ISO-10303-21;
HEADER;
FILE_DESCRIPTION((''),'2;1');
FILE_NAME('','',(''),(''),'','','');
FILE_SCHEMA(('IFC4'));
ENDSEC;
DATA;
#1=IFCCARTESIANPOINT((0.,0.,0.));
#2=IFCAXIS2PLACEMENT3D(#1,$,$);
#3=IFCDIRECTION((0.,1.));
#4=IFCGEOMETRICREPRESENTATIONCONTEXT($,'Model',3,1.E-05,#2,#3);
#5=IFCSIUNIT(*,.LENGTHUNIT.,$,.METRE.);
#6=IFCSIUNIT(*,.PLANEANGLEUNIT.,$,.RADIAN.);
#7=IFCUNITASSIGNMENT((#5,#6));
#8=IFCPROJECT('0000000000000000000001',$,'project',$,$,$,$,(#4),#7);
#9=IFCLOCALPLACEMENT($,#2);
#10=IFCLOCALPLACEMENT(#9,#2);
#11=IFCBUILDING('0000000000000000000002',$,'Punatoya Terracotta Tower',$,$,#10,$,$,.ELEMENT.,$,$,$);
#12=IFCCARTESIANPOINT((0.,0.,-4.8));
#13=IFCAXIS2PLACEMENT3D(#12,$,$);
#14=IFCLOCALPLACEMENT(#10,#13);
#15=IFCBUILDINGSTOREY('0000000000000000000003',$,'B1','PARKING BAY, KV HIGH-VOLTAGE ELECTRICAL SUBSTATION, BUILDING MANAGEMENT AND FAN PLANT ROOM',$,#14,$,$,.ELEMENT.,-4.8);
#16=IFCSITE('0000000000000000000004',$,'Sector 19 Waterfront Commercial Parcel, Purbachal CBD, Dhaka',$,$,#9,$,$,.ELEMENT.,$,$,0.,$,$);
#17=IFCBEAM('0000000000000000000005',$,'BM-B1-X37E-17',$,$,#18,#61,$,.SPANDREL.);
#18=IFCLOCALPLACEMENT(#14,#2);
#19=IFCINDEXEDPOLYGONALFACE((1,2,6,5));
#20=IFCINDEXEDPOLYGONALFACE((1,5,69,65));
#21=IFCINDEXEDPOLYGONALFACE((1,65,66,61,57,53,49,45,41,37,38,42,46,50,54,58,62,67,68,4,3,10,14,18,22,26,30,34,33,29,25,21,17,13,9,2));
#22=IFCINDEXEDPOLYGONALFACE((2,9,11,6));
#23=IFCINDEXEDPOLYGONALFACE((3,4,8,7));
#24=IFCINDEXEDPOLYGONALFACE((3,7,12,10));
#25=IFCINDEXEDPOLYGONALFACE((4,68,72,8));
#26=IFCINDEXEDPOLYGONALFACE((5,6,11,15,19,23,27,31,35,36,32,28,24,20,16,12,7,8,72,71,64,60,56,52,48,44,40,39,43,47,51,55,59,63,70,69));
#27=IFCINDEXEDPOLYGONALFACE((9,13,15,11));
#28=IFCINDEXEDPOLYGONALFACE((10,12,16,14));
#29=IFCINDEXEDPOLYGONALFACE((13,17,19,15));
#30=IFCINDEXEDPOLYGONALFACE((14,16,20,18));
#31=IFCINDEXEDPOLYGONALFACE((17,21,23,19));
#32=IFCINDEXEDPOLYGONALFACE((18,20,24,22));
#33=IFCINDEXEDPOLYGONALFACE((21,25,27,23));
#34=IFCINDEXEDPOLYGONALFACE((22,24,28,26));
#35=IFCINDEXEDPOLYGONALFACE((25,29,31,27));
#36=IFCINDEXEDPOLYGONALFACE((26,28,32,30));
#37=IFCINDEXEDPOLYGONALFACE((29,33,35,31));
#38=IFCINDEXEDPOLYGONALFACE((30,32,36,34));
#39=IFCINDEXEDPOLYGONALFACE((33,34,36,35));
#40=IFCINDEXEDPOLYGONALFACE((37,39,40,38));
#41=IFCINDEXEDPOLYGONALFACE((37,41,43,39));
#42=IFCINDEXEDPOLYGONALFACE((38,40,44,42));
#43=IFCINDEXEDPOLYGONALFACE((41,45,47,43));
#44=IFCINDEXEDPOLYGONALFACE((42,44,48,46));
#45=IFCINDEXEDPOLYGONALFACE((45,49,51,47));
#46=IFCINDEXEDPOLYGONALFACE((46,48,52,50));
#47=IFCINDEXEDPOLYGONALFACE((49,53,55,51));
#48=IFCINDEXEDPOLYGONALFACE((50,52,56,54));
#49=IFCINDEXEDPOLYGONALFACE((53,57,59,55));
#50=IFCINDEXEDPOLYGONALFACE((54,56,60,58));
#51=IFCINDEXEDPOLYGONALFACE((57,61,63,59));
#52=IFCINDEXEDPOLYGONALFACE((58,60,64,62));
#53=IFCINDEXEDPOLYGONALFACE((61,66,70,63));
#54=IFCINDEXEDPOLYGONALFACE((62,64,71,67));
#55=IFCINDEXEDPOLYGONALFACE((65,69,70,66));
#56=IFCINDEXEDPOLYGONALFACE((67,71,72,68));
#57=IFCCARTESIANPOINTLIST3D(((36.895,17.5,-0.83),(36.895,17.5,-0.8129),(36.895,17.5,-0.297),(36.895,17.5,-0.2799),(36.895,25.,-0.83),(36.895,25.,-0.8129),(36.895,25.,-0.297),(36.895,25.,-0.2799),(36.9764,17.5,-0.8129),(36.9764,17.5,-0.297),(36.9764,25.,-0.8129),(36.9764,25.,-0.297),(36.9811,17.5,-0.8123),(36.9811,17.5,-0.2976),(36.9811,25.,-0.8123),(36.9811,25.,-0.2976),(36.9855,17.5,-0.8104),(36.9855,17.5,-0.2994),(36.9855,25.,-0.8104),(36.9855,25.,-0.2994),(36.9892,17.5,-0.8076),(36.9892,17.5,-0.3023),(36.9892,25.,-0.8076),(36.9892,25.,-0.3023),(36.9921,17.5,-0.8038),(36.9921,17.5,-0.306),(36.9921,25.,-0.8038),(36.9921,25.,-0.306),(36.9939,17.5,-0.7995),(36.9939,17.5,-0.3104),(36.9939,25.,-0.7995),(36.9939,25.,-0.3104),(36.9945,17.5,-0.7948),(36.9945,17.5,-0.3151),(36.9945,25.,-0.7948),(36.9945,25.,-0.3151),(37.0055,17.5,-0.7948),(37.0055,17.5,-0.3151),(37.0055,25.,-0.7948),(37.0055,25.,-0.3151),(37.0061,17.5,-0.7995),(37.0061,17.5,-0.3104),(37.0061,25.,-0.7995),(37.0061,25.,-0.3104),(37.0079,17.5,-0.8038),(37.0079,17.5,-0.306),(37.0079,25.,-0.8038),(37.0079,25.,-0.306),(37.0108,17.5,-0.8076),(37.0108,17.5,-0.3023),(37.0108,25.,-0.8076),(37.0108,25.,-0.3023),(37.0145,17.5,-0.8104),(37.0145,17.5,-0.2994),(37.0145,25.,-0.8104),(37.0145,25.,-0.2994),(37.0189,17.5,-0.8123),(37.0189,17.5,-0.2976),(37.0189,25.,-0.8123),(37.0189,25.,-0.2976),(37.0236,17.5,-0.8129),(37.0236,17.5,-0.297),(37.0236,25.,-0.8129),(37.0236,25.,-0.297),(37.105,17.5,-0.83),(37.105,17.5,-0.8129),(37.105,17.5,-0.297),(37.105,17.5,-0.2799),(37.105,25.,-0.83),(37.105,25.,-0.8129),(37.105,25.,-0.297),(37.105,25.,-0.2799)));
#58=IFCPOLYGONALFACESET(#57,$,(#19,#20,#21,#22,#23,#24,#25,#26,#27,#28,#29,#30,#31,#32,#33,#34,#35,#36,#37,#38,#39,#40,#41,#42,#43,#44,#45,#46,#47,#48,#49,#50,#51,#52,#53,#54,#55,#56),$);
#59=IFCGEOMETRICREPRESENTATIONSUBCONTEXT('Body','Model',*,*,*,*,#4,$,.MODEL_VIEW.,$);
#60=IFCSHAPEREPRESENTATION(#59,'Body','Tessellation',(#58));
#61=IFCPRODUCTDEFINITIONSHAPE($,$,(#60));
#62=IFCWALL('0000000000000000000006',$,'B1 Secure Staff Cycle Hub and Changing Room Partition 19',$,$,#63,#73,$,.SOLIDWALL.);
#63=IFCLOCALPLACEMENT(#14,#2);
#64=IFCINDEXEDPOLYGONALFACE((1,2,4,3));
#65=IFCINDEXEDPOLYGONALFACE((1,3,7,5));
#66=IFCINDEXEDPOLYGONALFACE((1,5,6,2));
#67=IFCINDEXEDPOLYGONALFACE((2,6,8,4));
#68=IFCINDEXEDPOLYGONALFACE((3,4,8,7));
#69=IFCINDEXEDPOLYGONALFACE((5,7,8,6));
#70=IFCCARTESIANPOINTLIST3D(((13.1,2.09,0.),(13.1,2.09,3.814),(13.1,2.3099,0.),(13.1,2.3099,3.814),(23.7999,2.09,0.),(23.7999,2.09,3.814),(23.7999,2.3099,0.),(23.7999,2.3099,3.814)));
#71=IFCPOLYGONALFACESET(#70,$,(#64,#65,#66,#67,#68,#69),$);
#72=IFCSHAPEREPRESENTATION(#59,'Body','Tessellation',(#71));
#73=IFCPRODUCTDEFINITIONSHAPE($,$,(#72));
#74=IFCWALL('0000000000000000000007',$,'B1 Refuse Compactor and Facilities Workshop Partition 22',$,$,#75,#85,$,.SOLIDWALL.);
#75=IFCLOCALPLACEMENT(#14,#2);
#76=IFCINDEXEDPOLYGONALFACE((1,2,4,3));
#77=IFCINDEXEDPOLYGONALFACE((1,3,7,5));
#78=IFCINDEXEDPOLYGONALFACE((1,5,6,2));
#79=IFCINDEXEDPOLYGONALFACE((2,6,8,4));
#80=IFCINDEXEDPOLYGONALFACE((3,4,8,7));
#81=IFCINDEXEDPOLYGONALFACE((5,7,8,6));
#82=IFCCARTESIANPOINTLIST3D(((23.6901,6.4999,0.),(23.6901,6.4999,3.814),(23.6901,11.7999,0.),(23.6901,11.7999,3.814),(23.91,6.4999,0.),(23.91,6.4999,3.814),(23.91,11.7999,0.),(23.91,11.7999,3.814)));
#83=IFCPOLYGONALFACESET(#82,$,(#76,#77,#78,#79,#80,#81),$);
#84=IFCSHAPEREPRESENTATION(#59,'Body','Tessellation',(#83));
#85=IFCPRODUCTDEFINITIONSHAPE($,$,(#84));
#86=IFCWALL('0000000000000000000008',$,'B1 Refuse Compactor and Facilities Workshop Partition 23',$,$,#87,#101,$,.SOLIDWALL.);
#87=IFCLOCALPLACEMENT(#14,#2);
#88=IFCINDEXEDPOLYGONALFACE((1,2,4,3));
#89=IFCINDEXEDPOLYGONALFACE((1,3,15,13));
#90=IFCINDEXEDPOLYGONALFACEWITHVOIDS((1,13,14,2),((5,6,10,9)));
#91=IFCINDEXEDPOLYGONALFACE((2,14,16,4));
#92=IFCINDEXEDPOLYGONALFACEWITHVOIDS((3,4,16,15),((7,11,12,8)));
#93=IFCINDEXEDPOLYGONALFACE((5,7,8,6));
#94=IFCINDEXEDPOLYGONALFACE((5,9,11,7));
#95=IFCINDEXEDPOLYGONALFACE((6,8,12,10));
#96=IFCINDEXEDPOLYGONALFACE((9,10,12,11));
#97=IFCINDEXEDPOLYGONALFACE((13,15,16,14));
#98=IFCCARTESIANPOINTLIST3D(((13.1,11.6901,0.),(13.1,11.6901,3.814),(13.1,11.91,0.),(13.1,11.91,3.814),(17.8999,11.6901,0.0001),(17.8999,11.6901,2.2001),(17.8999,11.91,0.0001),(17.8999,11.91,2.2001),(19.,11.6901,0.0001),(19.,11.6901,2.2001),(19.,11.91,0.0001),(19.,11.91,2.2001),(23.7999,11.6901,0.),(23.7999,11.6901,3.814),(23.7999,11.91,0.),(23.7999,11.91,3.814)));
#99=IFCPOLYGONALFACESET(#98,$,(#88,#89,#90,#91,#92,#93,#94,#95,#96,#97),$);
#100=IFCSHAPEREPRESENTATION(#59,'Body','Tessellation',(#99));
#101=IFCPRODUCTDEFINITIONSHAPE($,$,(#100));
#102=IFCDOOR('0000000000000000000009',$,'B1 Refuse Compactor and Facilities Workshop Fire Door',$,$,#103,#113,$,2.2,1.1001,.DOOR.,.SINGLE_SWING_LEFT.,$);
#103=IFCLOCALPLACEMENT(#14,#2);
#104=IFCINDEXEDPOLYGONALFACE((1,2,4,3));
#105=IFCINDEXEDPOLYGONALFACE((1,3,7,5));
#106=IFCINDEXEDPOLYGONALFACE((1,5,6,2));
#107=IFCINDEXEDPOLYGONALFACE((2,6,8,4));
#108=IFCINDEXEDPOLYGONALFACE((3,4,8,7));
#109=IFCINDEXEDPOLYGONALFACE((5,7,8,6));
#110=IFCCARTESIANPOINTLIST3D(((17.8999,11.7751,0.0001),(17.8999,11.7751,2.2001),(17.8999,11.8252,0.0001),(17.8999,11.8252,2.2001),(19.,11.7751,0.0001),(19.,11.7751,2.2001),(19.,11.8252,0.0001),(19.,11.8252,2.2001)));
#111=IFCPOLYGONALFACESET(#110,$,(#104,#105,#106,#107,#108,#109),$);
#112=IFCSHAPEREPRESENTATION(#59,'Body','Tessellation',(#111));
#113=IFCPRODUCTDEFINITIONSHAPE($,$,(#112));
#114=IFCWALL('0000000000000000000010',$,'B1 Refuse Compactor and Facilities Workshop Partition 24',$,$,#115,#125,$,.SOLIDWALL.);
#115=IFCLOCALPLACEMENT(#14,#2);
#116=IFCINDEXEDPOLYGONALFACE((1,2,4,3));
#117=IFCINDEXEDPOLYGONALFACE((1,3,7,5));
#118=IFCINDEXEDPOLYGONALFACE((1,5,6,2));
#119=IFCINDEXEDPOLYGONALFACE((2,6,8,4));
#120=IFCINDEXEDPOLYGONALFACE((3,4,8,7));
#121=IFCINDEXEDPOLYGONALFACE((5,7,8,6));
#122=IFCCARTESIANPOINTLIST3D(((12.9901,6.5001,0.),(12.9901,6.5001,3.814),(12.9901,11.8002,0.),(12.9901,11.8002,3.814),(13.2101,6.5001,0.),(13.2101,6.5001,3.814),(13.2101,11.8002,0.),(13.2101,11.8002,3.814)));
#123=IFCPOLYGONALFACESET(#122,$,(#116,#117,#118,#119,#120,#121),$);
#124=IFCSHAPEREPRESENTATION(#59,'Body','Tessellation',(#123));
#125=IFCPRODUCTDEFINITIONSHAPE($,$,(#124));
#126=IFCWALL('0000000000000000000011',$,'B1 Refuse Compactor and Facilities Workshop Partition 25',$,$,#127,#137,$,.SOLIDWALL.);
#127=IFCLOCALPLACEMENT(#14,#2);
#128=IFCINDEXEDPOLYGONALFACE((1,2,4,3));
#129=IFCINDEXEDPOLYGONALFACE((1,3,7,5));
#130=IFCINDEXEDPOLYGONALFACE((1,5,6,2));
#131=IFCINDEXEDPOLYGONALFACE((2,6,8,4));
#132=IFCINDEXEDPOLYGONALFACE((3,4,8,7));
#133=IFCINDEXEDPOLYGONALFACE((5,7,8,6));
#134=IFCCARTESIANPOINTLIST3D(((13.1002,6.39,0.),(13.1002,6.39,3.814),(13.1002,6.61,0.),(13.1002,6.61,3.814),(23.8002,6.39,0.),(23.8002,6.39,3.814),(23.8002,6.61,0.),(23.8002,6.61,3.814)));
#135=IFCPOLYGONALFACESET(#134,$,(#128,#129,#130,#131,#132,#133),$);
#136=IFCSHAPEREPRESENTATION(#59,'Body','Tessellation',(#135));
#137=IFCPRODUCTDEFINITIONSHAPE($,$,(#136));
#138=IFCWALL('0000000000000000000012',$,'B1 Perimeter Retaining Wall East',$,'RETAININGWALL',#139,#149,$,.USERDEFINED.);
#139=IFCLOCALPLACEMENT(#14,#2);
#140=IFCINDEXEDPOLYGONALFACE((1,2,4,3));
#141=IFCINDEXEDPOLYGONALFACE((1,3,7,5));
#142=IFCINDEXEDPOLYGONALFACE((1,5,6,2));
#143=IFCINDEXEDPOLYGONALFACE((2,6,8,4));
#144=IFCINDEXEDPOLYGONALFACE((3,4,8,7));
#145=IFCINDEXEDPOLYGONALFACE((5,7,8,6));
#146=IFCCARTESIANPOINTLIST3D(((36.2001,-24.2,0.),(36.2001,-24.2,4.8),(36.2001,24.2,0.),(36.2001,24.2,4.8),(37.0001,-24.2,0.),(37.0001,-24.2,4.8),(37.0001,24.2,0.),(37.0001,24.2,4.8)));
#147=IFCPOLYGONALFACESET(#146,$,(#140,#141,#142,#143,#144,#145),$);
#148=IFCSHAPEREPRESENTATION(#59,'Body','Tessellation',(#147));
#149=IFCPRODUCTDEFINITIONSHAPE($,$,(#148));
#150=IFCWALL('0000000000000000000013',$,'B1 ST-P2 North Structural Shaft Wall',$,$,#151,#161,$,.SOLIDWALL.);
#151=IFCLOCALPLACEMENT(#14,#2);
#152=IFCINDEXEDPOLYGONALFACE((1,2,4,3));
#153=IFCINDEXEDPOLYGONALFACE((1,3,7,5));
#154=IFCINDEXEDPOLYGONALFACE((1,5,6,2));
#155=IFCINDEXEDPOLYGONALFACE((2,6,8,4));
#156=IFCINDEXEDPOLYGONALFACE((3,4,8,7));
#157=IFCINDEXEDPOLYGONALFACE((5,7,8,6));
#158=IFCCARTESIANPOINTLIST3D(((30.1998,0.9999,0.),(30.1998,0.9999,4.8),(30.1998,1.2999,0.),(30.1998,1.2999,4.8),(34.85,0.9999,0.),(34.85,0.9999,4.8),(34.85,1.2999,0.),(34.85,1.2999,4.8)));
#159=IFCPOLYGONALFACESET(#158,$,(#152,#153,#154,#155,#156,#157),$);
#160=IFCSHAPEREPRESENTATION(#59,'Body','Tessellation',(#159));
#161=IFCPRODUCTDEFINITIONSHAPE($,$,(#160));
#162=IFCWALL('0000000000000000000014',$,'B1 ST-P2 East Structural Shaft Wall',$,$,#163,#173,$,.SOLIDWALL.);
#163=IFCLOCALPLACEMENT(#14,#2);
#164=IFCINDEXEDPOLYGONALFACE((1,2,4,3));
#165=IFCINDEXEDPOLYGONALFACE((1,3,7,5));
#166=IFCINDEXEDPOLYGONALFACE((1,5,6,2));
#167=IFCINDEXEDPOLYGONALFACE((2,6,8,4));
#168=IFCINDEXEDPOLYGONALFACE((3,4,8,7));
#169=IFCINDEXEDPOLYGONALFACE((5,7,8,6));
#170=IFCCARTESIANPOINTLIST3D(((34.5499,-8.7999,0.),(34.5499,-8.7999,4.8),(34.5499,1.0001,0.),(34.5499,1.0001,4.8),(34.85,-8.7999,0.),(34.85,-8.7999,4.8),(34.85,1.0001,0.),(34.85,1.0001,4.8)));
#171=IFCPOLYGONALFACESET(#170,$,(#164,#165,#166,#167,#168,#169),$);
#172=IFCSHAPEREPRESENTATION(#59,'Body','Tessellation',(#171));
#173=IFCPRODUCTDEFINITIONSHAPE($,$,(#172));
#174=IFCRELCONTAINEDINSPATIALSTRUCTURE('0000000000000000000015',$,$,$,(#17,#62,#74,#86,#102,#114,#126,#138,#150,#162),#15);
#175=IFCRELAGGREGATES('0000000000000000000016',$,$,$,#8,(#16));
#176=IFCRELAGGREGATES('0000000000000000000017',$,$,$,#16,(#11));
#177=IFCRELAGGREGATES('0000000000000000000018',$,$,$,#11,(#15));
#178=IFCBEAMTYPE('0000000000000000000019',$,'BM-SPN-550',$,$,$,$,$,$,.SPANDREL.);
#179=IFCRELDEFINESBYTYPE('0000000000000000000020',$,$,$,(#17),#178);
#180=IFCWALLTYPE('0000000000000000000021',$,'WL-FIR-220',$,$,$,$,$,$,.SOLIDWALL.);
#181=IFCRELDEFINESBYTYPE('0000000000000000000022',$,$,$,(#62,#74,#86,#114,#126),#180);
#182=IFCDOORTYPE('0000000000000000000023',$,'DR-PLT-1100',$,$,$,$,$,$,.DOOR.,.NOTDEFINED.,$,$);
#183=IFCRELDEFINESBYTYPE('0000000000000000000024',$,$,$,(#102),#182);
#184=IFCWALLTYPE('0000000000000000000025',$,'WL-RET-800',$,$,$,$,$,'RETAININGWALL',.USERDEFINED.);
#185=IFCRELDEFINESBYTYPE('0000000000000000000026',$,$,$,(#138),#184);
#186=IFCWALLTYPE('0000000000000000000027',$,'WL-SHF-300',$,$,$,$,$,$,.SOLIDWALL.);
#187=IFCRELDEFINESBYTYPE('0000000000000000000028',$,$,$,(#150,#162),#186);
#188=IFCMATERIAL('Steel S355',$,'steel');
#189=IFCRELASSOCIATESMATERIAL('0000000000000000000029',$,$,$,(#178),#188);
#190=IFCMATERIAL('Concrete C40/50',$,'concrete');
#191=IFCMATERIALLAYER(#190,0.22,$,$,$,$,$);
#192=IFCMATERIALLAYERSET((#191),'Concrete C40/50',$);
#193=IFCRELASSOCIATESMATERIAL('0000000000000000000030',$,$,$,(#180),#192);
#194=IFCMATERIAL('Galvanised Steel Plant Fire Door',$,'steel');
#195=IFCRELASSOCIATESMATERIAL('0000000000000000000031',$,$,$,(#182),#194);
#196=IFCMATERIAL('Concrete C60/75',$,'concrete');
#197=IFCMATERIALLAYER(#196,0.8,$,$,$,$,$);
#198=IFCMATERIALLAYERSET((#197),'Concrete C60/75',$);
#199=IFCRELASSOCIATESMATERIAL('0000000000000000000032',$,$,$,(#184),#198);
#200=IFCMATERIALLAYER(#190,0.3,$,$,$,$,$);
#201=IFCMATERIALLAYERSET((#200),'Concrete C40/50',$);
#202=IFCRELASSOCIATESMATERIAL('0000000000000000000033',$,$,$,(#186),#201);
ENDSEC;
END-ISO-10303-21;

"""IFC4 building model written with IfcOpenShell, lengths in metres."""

from ifc_helpers import new_model, si_unit, direction, frame, frame_2d, origin, origin_2d, place, context, subcontext, project, spatial, rectangle, i_section, extrude, material, layer, layer_set, material_profile, profile_set, type_object, element, fill, save


model = new_model("IFC4")

# Units and contexts
model_context = context("Model", 3, precision=1e-05, world=origin(), true_north=direction((0.0, 1.0)))
body_context = subcontext(model_context, "Body", "Model", "MODEL_VIEW")
ifc_project = project(units=[si_unit("LENGTHUNIT", "METRE"), si_unit("PLANEANGLEUNIT", "RADIAN")], contexts=[model_context])

# Site, building, storey
site_placement = place(None, origin())
site = spatial("IfcSite", under=ifc_project, at=site_placement, Name="Sector 19 Waterfront Commercial Parcel, Purbachal CBD, Dhaka", CompositionType="ELEMENT", RefElevation=0.0)
building_placement = place(site_placement, origin())
building = spatial("IfcBuilding", under=site, at=building_placement, Name="Punatoya Terracotta Tower", CompositionType="ELEMENT")
storey_placement = place(building_placement, frame((0.0, 0.0, -4.8)))
storey = spatial("IfcBuildingStorey", under=building, at=storey_placement, Name="B1", Description="PARKING BAY, KV HIGH-VOLTAGE ELECTRICAL SUBSTATION, BUILDING MANAGEMENT AND FAN PLANT ROOM", CompositionType="ELEMENT", Elevation=-4.8)

# Shared definitions
ifc_material_1 = material(Name="Concrete C60/75", Category="concrete")

# Beam
ifc_material_2 = material(Name="Steel S355", Category="steel")
ifc_material_profile_1 = material_profile(ifc_material_2, i_section(OverallWidth=0.21, OverallDepth=0.55, WebThickness=0.011, FlangeThickness=0.0171, FilletRadius=0.0181, at=origin_2d()))
ifc_profile_set_1 = profile_set([ifc_material_profile_1], Name="Steel S355")
beam_type_1 = type_object("IfcBeamType", Name="BM-SPN-550", PredefinedType="SPANDREL", material=ifc_profile_set_1)
beam_1_placement = place(storey_placement, frame((37.0, 17.5, -0.5549), z_axis=(0.0, 1.0, 0.0), x_axis=(-1.0, 0.0, 0.0)))
element("IfcBeam", 1, at=beam_1_placement, inside=storey, type_object=beam_type_1, Name="BM-B1-X37E-17", PredefinedType="SPANDREL", context=body_context, shape_type="SweptSolid", body=[
    extrude(i_section(OverallWidth=0.21, OverallDepth=0.55, WebThickness=0.011, FlangeThickness=0.0171, FilletRadius=0.0181, at=origin_2d()), origin(), (0.0, 0.0, 1.0), 7.5),
])

# Walls
ifc_material_3 = material(Name="Concrete C40/50", Category="concrete")
ifc_layer_1 = layer(ifc_material_3, 0.22)
ifc_layer_set_1 = layer_set([ifc_layer_1], Name="Concrete C40/50")
wall_type_1 = type_object("IfcWallType", Name="WL-FIR-220", PredefinedType="SOLIDWALL", material=ifc_layer_set_1)
wall_1_placement = place(storey_placement, frame((23.8, 2.2, 0.0), z_axis=(0.0, 0.0, 1.0), x_axis=(-1.0, 0.0, 0.0)))
element("IfcWall", 2, at=wall_1_placement, inside=storey, type_object=wall_type_1, Name="B1 Secure Staff Cycle Hub and Changing Room Partition 19", PredefinedType="SOLIDWALL", context=body_context, shape_type="SweptSolid", body=[
    extrude(rectangle(XDim=10.7, YDim=0.22, at=frame_2d((5.3501, 0.0))), origin(), (0.0, 0.0, 1.0), 3.814),
])
wall_2_placement = place(storey_placement, frame((23.8, 6.5, 0.0), z_axis=(0.0, 0.0, 1.0), x_axis=(0.0, 1.0, 0.0)))
element("IfcWall", 3, at=wall_2_placement, inside=storey, type_object=wall_type_1, Name="B1 Refuse Compactor and Facilities Workshop Partition 22", PredefinedType="SOLIDWALL", context=body_context, shape_type="SweptSolid", body=[
    extrude(rectangle(XDim=5.3, YDim=0.22, at=frame_2d((2.6499, 0.0))), origin(), (0.0, 0.0, 1.0), 3.814),
])

# Wall, opening, door
wall_3_placement = place(storey_placement, frame((23.8, 11.8, 0.0), z_axis=(0.0, 0.0, 1.0), x_axis=(-1.0, 0.0, 0.0)))
wall_3 = element("IfcWall", 4, at=wall_3_placement, inside=storey, type_object=wall_type_1, Name="B1 Refuse Compactor and Facilities Workshop Partition 23", PredefinedType="SOLIDWALL", context=body_context, shape_type="SweptSolid", body=[
    extrude(rectangle(XDim=10.7, YDim=0.22, at=frame_2d((5.3501, 0.0))), origin(), (0.0, 0.0, 1.0), 3.814),
])
opening_placement = place(wall_3_placement, frame((4.8, 0.0, 0.0)))
opening = element("IfcOpeningElement", 5, at=opening_placement, cuts=wall_3, PredefinedType="OPENING", context=body_context, shape_type="SweptSolid", body=[
    extrude(rectangle(XDim=1.1001, YDim=2.2, at=frame_2d((0.55, 1.1001))), frame((0.0, 0.1199, 0.0), z_axis=(0.0, -1.0, 0.0), x_axis=(1.0, 0.0, 0.0)), (0.0, 0.0, 1.0), 0.24),
])
ifc_material_4 = material(Name="Galvanised Steel Plant Fire Door", Category="steel")
door_type = type_object("IfcDoorType", Name="DR-PLT-1100", OperationType="NOTDEFINED", PredefinedType="DOOR", material=ifc_material_4)
door_placement = place(opening_placement, origin())
door = element("IfcDoor", 6, at=door_placement, inside=storey, type_object=door_type, Name="B1 Refuse Compactor and Facilities Workshop Fire Door", OperationType="SINGLE_SWING_LEFT", OverallHeight=2.2, OverallWidth=1.1001, PredefinedType="DOOR", context=body_context, shape_type="SweptSolid", body=[
    extrude(rectangle(XDim=1.1001, YDim=2.2, at=frame_2d((0.55, 1.1001))), frame((0.0, 0.0249, 0.0), z_axis=(0.0, -1.0, 0.0), x_axis=(1.0, 0.0, 0.0)), (0.0, 0.0, 1.0), 0.05),
])
fill(opening, door)

# Walls
wall_4_placement = place(storey_placement, frame((13.1001, 11.8, 0.0), z_axis=(0.0, 0.0, 1.0), x_axis=(0.0, -1.0, 0.0)))
element("IfcWall", 7, at=wall_4_placement, inside=storey, type_object=wall_type_1, Name="B1 Refuse Compactor and Facilities Workshop Partition 24", PredefinedType="SOLIDWALL", context=body_context, shape_type="SweptSolid", body=[
    extrude(rectangle(XDim=5.3, YDim=0.22, at=frame_2d((2.6499, 0.0))), origin(), (0.0, 0.0, 1.0), 3.814),
])
wall_5_placement = place(storey_placement, frame((13.1001, 6.5, 0.0), z_axis=(0.0, 0.0, 1.0), x_axis=(1.0, 0.0, 0.0)))
element("IfcWall", 8, at=wall_5_placement, inside=storey, type_object=wall_type_1, Name="B1 Refuse Compactor and Facilities Workshop Partition 25", PredefinedType="SOLIDWALL", context=body_context, shape_type="SweptSolid", body=[
    extrude(rectangle(XDim=10.7, YDim=0.22, at=frame_2d((5.3501, 0.0))), origin(), (0.0, 0.0, 1.0), 3.814),
])
ifc_layer_2 = layer(ifc_material_1, 0.8)
ifc_layer_set_2 = layer_set([ifc_layer_2], Name="Concrete C60/75")
wall_type_2 = type_object("IfcWallType", Name="WL-RET-800", ElementType="RETAININGWALL", PredefinedType="USERDEFINED", material=ifc_layer_set_2)
wall_6_placement = place(storey_placement, frame((36.6001, 24.2, 0.0), z_axis=(0.0, 0.0, 1.0), x_axis=(0.0, -1.0, 0.0)))
element("IfcWall", 9, at=wall_6_placement, inside=storey, type_object=wall_type_2, Name="B1 Perimeter Retaining Wall East", ObjectType="RETAININGWALL", PredefinedType="USERDEFINED", context=body_context, shape_type="SweptSolid", body=[
    extrude(rectangle(XDim=48.3999, YDim=0.8, at=frame_2d((24.2, 0.0))), origin(), (0.0, 0.0, 1.0), 4.8),
])
ifc_layer_3 = layer(ifc_material_3, 0.3)
ifc_layer_set_3 = layer_set([ifc_layer_3], Name="Concrete C40/50")
wall_type_3 = type_object("IfcWallType", Name="WL-SHF-300", PredefinedType="SOLIDWALL", material=ifc_layer_set_3)
wall_7_placement = place(storey_placement, frame((34.8501, 1.1499, 0.0), z_axis=(0.0, 0.0, 1.0), x_axis=(-1.0, 0.0, 0.0)))
element("IfcWall", 10, at=wall_7_placement, inside=storey, type_object=wall_type_3, Name="B1 ST-P2 North Structural Shaft Wall", PredefinedType="SOLIDWALL", context=body_context, shape_type="SweptSolid", body=[
    extrude(rectangle(XDim=4.6501, YDim=0.3, at=frame_2d((2.3252, 0.0))), origin(), (0.0, 0.0, 1.0), 4.8),
])
wall_8_placement = place(storey_placement, frame((34.7, 1.0, 0.0), z_axis=(0.0, 0.0, 1.0), x_axis=(0.0, -1.0, 0.0)))
element("IfcWall", 11, at=wall_8_placement, inside=storey, type_object=wall_type_3, Name="B1 ST-P2 East Structural Shaft Wall", PredefinedType="SOLIDWALL", context=body_context, shape_type="SweptSolid", body=[
    extrude(rectangle(XDim=9.8, YDim=0.3, at=frame_2d((4.8999, 0.0))), origin(), (0.0, 0.0, 1.0), 4.8),
])

save(model, "model.ifc")
